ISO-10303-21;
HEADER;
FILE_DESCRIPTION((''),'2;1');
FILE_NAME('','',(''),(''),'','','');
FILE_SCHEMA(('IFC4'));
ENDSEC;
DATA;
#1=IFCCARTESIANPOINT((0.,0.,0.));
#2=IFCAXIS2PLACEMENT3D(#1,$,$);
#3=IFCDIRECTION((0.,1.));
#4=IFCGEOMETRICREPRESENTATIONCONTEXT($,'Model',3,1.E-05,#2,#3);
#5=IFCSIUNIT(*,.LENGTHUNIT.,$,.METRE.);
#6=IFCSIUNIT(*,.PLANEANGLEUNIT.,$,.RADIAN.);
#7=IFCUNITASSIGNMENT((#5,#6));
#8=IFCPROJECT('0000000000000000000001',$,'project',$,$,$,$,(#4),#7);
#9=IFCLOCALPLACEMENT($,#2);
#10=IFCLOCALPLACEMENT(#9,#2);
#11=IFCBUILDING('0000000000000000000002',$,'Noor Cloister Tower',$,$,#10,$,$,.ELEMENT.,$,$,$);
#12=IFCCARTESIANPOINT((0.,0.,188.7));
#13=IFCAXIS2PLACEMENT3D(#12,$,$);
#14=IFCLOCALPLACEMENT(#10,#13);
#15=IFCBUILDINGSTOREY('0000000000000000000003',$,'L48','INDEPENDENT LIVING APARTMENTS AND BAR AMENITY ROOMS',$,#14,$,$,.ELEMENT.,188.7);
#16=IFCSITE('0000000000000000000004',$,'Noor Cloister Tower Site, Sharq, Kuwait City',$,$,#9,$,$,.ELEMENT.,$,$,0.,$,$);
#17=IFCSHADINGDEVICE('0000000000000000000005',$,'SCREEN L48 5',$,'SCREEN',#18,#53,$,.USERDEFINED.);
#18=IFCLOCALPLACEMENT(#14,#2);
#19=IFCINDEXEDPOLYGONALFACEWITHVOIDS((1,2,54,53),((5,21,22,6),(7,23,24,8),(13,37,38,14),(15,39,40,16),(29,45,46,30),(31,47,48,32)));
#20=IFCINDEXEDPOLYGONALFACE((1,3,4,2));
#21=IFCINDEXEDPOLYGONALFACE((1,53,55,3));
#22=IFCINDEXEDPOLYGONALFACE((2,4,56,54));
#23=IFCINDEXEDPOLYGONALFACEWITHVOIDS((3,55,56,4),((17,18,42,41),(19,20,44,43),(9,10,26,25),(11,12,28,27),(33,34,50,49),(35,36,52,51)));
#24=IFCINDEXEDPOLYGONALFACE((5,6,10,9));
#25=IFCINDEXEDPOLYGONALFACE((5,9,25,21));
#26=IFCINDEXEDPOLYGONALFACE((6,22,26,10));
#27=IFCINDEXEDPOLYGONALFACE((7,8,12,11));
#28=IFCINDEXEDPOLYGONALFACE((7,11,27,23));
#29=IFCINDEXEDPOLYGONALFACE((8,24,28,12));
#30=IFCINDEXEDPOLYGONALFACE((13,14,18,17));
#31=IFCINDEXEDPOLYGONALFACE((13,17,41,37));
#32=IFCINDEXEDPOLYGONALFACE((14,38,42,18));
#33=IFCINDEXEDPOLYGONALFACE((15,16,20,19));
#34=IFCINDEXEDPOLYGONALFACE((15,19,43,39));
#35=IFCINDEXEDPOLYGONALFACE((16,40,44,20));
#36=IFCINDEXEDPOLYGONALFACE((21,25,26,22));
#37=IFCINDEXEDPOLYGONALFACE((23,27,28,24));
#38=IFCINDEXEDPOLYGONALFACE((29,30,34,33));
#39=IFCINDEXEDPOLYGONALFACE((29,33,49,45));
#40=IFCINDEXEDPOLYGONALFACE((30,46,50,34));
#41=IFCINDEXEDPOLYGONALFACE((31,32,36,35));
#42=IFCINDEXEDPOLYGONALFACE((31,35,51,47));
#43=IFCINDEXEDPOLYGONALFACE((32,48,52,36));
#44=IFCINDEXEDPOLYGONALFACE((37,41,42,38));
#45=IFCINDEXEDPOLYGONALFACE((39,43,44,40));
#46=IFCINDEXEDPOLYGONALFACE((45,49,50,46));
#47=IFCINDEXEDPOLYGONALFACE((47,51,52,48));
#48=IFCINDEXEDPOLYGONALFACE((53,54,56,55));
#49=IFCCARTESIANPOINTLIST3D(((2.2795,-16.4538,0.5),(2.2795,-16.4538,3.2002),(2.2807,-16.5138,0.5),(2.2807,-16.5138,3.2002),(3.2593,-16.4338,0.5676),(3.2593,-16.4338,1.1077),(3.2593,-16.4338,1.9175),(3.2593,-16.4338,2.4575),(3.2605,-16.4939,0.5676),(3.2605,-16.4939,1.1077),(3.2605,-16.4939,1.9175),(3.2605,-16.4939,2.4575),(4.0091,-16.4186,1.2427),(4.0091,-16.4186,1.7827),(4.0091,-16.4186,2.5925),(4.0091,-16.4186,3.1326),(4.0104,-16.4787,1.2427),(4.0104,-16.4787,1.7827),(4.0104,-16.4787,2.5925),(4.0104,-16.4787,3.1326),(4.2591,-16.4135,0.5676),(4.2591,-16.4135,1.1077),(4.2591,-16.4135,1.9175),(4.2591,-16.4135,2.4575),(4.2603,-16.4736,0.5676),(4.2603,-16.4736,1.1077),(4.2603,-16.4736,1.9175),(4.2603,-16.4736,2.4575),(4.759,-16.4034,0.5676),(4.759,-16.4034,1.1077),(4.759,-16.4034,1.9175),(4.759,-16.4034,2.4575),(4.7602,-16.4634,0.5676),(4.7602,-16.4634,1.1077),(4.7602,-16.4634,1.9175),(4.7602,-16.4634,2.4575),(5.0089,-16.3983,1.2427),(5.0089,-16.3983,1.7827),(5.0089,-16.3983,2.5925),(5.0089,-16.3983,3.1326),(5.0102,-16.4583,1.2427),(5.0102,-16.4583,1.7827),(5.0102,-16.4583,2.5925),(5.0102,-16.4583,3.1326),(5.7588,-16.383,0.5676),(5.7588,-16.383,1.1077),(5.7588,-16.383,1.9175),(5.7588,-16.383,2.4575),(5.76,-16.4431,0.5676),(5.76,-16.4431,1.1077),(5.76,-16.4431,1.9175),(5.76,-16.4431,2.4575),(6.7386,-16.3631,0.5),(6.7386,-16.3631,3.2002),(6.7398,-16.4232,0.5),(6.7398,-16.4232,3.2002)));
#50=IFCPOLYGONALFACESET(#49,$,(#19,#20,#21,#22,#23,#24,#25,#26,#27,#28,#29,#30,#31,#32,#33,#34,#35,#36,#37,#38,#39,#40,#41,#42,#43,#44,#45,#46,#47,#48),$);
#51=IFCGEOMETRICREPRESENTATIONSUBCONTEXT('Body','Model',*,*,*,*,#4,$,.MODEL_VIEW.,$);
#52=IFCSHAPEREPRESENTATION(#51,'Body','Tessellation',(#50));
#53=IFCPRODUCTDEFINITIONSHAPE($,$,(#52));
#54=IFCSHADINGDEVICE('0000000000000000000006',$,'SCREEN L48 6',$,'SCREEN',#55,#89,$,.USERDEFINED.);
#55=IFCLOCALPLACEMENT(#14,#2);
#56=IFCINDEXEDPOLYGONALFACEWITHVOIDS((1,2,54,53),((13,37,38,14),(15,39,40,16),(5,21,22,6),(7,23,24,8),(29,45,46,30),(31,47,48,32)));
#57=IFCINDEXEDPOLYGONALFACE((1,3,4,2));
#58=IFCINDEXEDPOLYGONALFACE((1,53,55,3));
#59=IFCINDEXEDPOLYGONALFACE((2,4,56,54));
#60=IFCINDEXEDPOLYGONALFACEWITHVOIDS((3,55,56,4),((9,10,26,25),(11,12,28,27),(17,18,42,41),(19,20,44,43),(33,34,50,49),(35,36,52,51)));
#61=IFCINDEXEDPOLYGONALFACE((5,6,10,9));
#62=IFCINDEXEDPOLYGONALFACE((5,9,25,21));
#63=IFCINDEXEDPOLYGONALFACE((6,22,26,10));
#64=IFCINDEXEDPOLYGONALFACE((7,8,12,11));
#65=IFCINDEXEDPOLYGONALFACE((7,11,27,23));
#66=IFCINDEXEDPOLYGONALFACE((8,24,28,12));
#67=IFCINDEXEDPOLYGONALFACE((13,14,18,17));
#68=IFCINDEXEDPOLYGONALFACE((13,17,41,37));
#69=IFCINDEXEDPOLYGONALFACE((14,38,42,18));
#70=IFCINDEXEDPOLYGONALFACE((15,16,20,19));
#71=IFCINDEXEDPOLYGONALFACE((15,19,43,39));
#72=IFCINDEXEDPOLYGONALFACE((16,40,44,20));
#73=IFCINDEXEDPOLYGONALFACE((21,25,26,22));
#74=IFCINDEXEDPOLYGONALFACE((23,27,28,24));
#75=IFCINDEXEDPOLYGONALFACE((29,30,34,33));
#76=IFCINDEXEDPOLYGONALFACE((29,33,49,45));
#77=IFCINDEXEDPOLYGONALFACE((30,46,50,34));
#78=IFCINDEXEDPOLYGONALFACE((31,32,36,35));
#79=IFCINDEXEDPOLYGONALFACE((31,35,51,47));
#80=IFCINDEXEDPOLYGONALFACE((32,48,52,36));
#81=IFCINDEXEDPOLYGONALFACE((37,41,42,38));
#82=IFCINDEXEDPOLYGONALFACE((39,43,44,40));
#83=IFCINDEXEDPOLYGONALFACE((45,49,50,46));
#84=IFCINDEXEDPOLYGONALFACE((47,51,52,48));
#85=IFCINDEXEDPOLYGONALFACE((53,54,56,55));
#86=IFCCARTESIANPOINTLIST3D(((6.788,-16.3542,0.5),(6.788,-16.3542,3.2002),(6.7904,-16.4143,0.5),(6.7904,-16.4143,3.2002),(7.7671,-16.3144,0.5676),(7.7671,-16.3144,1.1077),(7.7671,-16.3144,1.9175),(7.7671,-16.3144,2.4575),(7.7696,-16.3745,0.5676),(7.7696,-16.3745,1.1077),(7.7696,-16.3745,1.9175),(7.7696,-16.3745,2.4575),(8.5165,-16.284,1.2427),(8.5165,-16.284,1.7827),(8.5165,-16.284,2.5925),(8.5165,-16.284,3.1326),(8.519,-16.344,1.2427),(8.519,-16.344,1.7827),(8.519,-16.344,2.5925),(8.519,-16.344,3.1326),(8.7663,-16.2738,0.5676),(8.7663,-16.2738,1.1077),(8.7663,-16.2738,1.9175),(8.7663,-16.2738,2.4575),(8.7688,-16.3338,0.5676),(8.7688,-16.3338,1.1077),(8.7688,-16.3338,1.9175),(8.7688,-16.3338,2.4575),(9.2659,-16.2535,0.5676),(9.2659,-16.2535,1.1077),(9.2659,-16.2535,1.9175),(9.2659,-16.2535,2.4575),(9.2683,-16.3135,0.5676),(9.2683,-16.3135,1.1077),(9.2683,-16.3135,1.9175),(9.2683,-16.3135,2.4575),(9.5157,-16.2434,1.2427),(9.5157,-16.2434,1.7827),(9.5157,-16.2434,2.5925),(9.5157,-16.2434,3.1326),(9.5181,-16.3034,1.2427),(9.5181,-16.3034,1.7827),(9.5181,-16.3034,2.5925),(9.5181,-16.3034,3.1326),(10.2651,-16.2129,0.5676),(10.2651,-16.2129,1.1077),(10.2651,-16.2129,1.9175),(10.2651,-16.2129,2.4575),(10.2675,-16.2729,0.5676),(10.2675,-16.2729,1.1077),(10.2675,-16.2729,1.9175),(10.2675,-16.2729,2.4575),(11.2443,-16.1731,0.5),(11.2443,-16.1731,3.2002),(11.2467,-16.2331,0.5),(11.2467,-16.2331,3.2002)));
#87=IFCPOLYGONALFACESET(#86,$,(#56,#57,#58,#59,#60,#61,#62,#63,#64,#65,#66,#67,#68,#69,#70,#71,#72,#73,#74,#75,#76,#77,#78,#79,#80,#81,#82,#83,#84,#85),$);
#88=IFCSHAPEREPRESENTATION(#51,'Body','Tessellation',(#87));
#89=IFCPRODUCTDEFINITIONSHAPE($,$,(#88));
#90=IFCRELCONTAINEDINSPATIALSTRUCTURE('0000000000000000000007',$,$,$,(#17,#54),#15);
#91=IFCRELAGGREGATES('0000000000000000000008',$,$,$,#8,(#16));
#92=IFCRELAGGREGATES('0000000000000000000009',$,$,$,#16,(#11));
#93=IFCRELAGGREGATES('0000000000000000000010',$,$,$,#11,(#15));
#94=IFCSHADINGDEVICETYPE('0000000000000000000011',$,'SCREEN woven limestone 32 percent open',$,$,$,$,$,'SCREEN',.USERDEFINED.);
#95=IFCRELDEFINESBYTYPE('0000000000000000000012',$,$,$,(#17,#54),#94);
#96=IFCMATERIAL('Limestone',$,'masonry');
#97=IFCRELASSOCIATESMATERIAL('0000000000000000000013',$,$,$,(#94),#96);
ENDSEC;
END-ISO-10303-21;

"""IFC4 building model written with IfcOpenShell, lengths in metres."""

from ifc_helpers import new_model, si_unit, direction, frame, origin, place, context, subcontext, project, spatial, polyline, outline, extrude, material, material_profile, profile_set, type_object, element, save


model = new_model("IFC4")

# Units and contexts
model_context = context("Model", 3, precision=1e-05, world=origin(), true_north=direction((0.0, 1.0)))
body_context = subcontext(model_context, "Body", "Model", "MODEL_VIEW")
ifc_project = project(units=[si_unit("LENGTHUNIT", "METRE"), si_unit("PLANEANGLEUNIT", "RADIAN")], contexts=[model_context])

# Site, building, storey
site_placement = place(None, origin())
site = spatial("IfcSite", under=ifc_project, at=site_placement, Name="Noor Cloister Tower Site, Sharq, Kuwait City", CompositionType="ELEMENT", RefElevation=0.0)
building_placement = place(site_placement, origin())
building = spatial("IfcBuilding", under=site, at=building_placement, Name="Noor Cloister Tower", CompositionType="ELEMENT")
storey_placement = place(building_placement, frame((0.0, 0.0, 188.7)))
storey = spatial("IfcBuildingStorey", under=building, at=storey_placement, Name="L48", Description="INDEPENDENT LIVING APARTMENTS AND BAR AMENITY ROOMS", CompositionType="ELEMENT", Elevation=188.7)

# Shading devices
ifc_material_1 = material(Name="Limestone", Category="masonry")
ifc_material_profile_1 = material_profile(ifc_material_1, outline(polyline([(-2.23, -1.3501), (2.23, -1.3501), (2.23, 1.3501), (-2.23, 1.3501), (-2.23, -1.3501)]), holes=[polyline([(-1.25, -1.2825), (-0.25, -1.2825), (-0.25, -0.7424), (-1.25, -0.7424), (-1.25, -1.2825)]), polyline([(0.25, -1.2825), (1.25, -1.2825), (1.25, -0.7424), (0.25, -0.7424), (0.25, -1.2825)]), polyline([(-0.5, -0.6074), (0.5, -0.6074), (0.5, -0.0674), (-0.5, -0.0674), (-0.5, -0.6074)]), polyline([(-1.25, 0.0674), (-0.25, 0.0674), (-0.25, 0.6074), (-1.25, 0.6074), (-1.25, 0.0674)]), polyline([(0.25, 0.0674), (1.25, 0.0674), (1.25, 0.6074), (0.25, 0.6074), (0.25, 0.0674)]), polyline([(-0.5, 0.7424), (0.5, 0.7424), (0.5, 1.2825), (-0.5, 1.2825), (-0.5, 0.7424)])]), Name="Woven screen 32 percent open")
ifc_profile_set_1 = profile_set([ifc_material_profile_1], Name="Limestone")
shading_device_type = type_object("IfcShadingDeviceType", Name="SCREEN woven limestone 32 percent open", ElementType="SCREEN", PredefinedType="USERDEFINED", material=ifc_profile_set_1)
for number, where, z_axis, x_axis, name in (
    (1, (4.509, -16.4084, 1.8501), (0.020321, -0.999794, 0.0), (0.999794, 0.020321, 0.0), "SCREEN L48 5"),
    (2, (9.0161, -16.2637, 1.8501), (0.040617, -0.999175, 0.0), (0.999175, 0.040617, 0.0), "SCREEN L48 6"),
):
    element("IfcShadingDevice", number, at=place(storey_placement, frame(where, z_axis=z_axis, x_axis=x_axis)), inside=storey, type_object=shading_device_type, Name=name, ObjectType="SCREEN", PredefinedType="USERDEFINED", context=body_context, shape_type="SweptSolid", body=[
        extrude(outline(polyline([(-2.23, -1.3501), (2.23, -1.3501), (2.23, 1.3501), (-2.23, 1.3501), (-2.23, -1.3501)]), holes=[polyline([(-1.25, -1.2825), (-0.25, -1.2825), (-0.25, -0.7424), (-1.25, -0.7424), (-1.25, -1.2825)]), polyline([(0.25, -1.2825), (1.25, -1.2825), (1.25, -0.7424), (0.25, -0.7424), (0.25, -1.2825)]), polyline([(-0.5, -0.6074), (0.5, -0.6074), (0.5, -0.0674), (-0.5, -0.0674), (-0.5, -0.6074)]), polyline([(-1.25, 0.0674), (-0.25, 0.0674), (-0.25, 0.6074), (-1.25, 0.6074), (-1.25, 0.0674)]), polyline([(0.25, 0.0674), (1.25, 0.0674), (1.25, 0.6074), (0.25, 0.6074), (0.25, 0.0674)]), polyline([(-0.5, 0.7424), (0.5, 0.7424), (0.5, 1.2825), (-0.5, 1.2825), (-0.5, 0.7424)])]), origin(), (0.0, 0.0, 1.0), 0.0601),
    ])

save(model, "model.ifc")
